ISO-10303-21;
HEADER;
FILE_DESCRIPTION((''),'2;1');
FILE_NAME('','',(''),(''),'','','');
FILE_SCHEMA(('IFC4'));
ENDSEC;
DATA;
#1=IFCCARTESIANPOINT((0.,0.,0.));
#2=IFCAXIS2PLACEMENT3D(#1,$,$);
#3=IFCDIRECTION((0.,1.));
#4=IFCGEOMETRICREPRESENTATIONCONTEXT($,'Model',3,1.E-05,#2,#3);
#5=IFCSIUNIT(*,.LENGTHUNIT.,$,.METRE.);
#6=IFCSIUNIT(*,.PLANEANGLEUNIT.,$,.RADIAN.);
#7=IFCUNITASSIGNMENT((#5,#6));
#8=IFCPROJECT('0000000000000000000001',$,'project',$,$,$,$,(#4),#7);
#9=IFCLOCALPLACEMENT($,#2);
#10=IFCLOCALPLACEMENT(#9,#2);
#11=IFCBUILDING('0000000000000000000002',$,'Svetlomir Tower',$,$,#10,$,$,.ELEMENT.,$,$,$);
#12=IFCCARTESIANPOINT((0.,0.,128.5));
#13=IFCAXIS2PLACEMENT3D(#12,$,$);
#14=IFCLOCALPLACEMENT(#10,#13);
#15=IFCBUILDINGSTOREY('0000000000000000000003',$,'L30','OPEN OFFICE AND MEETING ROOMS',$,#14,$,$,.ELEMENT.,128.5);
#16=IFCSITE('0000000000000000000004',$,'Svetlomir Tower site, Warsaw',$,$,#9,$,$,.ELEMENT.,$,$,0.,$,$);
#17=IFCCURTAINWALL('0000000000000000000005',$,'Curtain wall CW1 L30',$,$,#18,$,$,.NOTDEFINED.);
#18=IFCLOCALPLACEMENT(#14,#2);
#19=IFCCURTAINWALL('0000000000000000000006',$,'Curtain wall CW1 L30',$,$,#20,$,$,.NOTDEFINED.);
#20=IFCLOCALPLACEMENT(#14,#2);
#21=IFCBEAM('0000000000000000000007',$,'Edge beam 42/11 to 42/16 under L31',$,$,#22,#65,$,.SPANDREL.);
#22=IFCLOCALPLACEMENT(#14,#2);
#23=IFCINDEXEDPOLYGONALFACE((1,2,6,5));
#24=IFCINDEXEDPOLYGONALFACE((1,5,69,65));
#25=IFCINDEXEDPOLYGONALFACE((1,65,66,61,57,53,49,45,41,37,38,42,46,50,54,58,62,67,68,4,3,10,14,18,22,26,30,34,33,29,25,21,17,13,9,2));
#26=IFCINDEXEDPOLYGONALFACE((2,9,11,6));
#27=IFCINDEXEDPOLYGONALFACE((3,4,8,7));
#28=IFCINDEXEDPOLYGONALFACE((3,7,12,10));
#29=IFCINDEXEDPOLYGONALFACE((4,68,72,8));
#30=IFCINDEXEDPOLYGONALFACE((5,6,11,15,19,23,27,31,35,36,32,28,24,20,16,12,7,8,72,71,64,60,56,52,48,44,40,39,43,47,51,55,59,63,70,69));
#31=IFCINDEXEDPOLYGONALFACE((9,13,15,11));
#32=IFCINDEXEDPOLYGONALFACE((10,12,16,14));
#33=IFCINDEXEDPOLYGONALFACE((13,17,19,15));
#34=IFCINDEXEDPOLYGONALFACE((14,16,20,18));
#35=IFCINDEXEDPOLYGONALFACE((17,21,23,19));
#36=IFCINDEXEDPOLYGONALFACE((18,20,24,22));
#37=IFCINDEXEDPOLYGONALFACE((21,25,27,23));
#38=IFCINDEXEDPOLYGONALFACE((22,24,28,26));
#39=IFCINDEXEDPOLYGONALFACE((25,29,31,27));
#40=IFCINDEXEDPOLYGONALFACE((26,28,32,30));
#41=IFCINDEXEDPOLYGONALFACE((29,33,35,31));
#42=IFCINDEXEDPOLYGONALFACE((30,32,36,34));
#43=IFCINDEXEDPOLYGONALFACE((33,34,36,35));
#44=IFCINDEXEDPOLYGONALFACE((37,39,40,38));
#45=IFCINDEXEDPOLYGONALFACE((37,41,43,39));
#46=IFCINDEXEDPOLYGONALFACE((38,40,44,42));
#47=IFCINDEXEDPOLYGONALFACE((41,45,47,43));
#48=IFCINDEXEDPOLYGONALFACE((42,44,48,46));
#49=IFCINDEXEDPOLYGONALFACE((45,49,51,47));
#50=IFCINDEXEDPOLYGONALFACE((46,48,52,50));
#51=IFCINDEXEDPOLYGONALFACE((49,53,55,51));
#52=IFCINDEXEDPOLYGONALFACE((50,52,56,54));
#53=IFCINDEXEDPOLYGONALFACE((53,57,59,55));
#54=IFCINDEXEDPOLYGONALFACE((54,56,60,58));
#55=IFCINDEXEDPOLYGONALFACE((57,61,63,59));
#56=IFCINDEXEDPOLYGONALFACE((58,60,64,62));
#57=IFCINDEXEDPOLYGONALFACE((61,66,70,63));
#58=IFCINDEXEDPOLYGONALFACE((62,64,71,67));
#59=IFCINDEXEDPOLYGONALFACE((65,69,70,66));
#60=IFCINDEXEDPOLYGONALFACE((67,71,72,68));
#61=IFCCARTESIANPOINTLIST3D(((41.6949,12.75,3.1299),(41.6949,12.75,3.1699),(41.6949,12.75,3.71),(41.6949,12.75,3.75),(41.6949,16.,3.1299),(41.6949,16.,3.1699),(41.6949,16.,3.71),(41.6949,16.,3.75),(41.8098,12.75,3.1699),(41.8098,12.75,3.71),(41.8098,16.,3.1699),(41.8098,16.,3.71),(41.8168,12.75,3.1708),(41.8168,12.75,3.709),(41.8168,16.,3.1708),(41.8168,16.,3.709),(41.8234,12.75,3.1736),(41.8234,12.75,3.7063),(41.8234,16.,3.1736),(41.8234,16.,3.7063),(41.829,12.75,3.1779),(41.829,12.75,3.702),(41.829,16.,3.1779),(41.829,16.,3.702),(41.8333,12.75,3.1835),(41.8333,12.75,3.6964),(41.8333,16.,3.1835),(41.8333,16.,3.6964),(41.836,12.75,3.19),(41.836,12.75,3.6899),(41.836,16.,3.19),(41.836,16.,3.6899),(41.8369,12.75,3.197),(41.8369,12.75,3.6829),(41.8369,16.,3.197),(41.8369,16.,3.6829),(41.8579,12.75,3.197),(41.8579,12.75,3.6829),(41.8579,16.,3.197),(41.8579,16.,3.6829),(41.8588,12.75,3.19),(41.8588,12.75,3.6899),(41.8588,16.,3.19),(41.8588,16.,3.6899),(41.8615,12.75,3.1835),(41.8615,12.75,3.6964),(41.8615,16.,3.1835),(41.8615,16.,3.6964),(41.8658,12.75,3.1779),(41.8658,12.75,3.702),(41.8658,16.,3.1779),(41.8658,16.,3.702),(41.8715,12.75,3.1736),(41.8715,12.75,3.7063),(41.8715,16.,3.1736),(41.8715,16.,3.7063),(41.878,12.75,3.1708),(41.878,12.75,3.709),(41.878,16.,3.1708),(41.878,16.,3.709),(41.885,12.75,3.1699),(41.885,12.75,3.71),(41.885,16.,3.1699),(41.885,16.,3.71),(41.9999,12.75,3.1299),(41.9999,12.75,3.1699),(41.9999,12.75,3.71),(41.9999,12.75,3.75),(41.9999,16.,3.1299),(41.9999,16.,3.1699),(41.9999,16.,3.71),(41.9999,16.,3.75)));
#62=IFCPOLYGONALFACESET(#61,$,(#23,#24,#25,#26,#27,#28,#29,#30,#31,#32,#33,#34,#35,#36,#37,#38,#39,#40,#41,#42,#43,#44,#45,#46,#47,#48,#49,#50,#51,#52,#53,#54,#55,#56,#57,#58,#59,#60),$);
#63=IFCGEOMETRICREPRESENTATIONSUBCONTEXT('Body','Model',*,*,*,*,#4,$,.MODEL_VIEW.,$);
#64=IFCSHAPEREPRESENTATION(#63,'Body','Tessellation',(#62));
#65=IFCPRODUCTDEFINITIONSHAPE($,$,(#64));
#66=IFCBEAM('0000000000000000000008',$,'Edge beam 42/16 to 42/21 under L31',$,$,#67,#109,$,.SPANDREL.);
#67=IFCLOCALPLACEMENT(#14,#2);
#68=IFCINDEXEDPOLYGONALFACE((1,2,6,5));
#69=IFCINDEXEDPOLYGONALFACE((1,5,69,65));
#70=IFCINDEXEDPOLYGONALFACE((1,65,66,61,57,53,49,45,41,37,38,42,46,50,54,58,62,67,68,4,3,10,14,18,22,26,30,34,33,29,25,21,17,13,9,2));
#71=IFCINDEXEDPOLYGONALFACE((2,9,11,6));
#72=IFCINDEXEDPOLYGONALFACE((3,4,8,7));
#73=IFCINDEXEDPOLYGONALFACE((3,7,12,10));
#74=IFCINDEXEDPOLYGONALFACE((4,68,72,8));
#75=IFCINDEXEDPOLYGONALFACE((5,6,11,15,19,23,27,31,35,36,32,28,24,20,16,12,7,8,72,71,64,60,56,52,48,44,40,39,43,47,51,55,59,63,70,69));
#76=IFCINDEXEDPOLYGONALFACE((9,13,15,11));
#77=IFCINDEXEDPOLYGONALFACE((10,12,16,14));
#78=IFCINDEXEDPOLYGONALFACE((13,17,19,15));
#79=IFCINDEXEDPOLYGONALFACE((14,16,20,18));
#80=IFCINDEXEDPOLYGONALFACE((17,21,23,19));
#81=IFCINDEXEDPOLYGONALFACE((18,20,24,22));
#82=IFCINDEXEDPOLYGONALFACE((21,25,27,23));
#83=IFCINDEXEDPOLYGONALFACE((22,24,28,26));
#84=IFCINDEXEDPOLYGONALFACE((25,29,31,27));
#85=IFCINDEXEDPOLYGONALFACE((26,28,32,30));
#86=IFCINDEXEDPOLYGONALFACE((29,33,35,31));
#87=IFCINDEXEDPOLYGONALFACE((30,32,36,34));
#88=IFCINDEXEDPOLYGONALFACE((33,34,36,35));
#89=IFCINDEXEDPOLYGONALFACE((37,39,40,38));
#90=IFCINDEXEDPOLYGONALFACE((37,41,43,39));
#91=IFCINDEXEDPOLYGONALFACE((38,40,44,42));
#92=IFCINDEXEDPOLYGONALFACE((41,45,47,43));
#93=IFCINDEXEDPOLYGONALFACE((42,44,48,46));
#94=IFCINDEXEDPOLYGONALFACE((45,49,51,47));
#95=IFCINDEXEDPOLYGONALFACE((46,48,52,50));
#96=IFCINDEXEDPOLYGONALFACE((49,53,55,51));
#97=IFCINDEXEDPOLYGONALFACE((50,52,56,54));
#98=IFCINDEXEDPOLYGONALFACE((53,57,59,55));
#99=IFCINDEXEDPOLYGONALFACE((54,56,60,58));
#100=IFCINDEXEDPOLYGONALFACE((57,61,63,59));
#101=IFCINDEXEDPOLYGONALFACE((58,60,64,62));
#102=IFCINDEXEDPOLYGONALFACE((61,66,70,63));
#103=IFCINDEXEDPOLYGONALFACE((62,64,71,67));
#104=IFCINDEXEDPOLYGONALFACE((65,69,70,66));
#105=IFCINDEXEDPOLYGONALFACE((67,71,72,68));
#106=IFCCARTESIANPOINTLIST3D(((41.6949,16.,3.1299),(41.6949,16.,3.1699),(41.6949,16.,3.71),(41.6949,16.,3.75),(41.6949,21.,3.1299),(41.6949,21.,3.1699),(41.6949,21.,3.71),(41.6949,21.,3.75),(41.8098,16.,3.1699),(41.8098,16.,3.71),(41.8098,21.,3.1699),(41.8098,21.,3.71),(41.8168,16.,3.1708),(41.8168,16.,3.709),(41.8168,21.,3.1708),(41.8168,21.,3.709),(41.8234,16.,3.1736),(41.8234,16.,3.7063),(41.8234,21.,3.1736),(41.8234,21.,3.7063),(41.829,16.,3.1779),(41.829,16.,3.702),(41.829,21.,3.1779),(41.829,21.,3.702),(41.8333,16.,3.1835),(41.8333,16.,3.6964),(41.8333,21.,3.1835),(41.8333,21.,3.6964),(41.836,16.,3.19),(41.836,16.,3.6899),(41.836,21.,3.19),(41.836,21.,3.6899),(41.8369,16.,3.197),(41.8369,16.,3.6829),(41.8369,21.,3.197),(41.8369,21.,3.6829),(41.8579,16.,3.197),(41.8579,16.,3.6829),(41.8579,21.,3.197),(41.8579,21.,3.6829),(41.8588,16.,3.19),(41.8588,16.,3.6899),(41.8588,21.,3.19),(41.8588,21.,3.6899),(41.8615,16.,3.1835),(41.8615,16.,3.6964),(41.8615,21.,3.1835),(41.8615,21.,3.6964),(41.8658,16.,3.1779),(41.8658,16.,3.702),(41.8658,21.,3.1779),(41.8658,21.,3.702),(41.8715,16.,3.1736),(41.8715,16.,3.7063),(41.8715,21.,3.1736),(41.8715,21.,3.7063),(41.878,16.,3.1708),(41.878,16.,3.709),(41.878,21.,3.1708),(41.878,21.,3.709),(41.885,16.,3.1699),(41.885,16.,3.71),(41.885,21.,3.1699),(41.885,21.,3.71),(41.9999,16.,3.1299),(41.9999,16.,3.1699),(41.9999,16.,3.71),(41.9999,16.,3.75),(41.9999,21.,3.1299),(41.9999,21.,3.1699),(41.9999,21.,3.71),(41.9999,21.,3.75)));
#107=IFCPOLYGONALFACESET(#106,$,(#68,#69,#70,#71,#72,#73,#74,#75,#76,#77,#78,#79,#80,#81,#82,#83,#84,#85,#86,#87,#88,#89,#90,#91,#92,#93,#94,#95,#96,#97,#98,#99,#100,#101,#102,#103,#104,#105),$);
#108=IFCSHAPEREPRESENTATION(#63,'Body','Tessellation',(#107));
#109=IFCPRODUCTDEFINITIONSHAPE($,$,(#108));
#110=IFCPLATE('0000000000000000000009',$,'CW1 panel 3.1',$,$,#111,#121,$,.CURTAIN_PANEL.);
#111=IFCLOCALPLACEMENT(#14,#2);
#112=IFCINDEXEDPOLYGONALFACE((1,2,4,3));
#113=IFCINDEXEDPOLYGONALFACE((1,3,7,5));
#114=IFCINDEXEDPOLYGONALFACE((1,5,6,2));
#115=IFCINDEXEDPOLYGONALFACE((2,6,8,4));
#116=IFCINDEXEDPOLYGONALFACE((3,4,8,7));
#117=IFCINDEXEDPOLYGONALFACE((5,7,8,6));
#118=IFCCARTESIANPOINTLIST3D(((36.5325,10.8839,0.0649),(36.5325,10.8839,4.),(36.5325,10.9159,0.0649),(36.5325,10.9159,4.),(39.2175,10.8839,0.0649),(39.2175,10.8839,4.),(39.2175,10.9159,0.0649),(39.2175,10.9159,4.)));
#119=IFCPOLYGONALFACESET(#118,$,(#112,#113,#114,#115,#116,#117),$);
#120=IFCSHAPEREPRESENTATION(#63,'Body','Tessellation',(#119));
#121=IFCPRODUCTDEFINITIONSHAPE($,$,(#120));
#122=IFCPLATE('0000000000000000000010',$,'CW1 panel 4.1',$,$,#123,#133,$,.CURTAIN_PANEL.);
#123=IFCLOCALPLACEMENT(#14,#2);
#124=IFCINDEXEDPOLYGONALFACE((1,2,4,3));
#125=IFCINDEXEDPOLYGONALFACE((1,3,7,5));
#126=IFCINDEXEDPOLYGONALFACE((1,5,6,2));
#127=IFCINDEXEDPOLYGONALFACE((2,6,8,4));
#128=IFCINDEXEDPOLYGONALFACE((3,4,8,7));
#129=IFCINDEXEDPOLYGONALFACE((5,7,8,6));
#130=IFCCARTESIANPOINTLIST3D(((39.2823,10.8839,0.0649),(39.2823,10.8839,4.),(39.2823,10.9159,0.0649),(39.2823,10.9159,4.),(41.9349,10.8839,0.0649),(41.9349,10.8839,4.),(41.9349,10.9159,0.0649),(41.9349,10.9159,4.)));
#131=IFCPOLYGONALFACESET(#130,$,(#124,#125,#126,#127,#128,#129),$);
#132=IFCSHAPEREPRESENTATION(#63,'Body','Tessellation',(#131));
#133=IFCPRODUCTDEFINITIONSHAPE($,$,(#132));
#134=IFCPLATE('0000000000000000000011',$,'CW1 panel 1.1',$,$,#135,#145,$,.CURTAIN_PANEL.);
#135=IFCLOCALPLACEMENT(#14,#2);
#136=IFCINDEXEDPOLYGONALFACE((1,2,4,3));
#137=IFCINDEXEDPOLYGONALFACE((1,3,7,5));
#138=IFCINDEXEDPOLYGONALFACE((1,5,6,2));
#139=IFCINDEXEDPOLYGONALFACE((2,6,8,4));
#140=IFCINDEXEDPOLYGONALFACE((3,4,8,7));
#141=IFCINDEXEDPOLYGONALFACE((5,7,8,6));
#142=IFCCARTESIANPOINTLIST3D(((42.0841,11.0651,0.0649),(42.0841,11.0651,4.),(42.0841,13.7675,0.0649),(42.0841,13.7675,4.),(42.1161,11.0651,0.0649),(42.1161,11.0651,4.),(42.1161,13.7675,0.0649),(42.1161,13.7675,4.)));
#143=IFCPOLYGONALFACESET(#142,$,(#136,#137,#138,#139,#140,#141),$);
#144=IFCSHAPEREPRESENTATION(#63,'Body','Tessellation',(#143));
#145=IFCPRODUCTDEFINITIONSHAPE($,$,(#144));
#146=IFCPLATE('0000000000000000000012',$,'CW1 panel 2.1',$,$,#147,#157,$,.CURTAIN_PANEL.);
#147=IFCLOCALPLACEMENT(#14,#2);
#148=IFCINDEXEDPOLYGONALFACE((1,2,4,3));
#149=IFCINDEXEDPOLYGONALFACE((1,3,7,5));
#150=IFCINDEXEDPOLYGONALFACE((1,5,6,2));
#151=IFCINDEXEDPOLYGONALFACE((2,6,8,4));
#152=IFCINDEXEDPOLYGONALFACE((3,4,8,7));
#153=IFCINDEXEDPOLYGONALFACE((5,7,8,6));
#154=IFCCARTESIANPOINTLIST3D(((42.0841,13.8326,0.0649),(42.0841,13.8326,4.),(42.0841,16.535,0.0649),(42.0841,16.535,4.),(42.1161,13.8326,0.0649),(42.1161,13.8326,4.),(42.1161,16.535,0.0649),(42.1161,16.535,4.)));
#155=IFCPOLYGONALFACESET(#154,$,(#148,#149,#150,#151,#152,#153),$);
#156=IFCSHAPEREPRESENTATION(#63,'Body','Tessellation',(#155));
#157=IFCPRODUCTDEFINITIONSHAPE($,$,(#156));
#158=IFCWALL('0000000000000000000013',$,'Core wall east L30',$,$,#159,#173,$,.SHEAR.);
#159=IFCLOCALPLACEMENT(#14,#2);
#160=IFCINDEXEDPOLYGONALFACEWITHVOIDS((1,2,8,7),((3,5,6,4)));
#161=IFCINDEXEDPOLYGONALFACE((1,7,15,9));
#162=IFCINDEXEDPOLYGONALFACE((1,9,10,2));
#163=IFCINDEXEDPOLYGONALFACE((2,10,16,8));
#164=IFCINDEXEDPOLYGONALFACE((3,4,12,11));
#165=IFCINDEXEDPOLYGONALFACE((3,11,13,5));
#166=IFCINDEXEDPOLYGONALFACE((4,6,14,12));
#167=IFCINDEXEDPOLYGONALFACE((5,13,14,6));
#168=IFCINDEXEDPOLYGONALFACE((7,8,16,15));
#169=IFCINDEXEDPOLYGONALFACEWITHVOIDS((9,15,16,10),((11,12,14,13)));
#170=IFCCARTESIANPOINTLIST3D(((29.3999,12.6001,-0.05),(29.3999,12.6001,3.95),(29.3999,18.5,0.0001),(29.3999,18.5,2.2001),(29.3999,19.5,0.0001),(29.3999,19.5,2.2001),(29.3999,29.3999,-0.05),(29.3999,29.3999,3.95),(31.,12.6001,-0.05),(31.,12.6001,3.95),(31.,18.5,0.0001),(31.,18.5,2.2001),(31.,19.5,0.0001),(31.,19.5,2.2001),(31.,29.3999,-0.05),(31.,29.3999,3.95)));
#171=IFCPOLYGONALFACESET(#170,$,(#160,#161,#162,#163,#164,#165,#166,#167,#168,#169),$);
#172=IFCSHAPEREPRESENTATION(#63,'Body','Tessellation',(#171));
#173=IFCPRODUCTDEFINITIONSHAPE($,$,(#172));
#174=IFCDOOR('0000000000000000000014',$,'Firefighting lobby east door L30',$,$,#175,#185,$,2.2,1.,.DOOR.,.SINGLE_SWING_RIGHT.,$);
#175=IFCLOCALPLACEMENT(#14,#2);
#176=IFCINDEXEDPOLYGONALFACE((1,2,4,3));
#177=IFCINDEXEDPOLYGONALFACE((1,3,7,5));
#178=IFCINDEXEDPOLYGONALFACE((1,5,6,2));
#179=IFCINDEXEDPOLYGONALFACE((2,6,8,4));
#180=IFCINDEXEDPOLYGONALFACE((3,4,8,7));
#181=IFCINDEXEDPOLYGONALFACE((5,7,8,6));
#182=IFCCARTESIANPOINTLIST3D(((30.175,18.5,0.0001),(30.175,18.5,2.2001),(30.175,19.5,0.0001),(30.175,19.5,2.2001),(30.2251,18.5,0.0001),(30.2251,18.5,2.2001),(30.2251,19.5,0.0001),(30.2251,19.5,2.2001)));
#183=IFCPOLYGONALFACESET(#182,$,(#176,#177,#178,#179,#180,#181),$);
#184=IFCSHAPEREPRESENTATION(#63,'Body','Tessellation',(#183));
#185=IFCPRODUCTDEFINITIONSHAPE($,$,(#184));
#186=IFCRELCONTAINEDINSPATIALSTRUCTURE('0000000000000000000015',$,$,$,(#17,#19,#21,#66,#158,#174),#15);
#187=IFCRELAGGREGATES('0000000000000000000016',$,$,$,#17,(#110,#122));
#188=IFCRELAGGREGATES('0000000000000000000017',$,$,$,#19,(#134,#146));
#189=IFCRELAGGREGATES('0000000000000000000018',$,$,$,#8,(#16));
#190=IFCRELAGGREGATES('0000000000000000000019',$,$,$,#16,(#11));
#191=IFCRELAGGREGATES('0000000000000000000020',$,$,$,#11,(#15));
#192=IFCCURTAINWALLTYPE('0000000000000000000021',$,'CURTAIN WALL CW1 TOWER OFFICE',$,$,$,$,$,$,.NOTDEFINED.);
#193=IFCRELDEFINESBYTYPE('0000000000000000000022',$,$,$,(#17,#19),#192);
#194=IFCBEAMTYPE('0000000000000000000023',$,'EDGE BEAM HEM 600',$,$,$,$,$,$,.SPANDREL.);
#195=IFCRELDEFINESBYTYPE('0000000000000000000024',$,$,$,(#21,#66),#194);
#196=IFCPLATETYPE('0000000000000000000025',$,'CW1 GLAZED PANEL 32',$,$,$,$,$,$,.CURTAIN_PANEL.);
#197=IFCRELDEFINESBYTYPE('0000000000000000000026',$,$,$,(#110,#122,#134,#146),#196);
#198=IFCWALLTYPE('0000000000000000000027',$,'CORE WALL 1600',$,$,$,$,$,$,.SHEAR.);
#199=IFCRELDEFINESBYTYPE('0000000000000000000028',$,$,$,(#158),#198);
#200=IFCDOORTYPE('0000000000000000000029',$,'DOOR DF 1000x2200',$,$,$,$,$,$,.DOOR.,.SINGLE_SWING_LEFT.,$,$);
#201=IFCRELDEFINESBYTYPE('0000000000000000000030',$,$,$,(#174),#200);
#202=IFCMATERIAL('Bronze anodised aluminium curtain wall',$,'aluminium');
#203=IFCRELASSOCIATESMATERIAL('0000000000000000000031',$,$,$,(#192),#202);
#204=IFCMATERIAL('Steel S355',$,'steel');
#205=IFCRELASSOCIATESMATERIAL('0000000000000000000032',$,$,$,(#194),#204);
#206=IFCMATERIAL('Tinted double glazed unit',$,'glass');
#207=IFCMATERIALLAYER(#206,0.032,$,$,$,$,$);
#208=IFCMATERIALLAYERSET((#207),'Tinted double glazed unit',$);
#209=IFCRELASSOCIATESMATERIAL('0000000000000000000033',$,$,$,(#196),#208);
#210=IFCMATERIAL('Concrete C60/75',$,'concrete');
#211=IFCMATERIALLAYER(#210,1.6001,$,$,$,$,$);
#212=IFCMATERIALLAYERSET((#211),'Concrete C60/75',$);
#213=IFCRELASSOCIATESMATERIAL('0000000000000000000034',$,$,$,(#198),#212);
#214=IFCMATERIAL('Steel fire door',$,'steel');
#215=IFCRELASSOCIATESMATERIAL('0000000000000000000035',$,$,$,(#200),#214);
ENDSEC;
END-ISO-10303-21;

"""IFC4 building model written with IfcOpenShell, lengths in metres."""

from ifc_helpers import new_model, si_unit, direction, frame, frame_2d, origin, origin_2d, place, context, subcontext, project, spatial, rectangle, i_section, extrude, material, layer, layer_set, material_profile, profile_set, type_object, element, fill, aggregate, save


model = new_model("IFC4")

# Units and contexts
model_context = context("Model", 3, precision=1e-05, world=origin(), true_north=direction((0.0, 1.0)))
body_context = subcontext(model_context, "Body", "Model", "MODEL_VIEW")
ifc_project = project(units=[si_unit("LENGTHUNIT", "METRE"), si_unit("PLANEANGLEUNIT", "RADIAN")], contexts=[model_context])

# Site, building, storey
site_placement = place(None, origin())
site = spatial("IfcSite", under=ifc_project, at=site_placement, Name="Svetlomir Tower site, Warsaw", CompositionType="ELEMENT", RefElevation=0.0)
building_placement = place(site_placement, origin())
building = spatial("IfcBuilding", under=site, at=building_placement, Name="Svetlomir Tower", CompositionType="ELEMENT")
storey_placement = place(building_placement, frame((0.0, 0.0, 128.5)))
storey = spatial("IfcBuildingStorey", under=building, at=storey_placement, Name="L30", Description="OPEN OFFICE AND MEETING ROOMS", CompositionType="ELEMENT", Elevation=128.5)

# Shared definitions
ifc_material_1 = material(Name="Bronze anodised aluminium curtain wall", Category="aluminium")
curtain_wall_type = type_object("IfcCurtainWallType", Name="CURTAIN WALL CW1 TOWER OFFICE", PredefinedType="NOTDEFINED", material=ifc_material_1)

# Curtain walls
curtain_wall_1_placement = place(storey_placement, origin())
curtain_wall_1 = element("IfcCurtainWall", 1, at=curtain_wall_1_placement, inside=storey, type_object=curtain_wall_type, Name="Curtain wall CW1 L30", PredefinedType="NOTDEFINED")
curtain_wall_2_placement = place(storey_placement, origin())
curtain_wall_2 = element("IfcCurtainWall", 2, at=curtain_wall_2_placement, inside=storey, type_object=curtain_wall_type, Name="Curtain wall CW1 L30", PredefinedType="NOTDEFINED")

# Beams
ifc_material_2 = material(Name="Steel S355", Category="steel")
ifc_material_profile_1 = material_profile(ifc_material_2, i_section(OverallWidth=0.3049, OverallDepth=0.6201, WebThickness=0.021, FlangeThickness=0.04, FilletRadius=0.0271, at=origin_2d()), Name="HEM 600")
ifc_profile_set_1 = profile_set([ifc_material_profile_1], Name="Steel S355")
beam_type_1 = type_object("IfcBeamType", Name="EDGE BEAM HEM 600", PredefinedType="SPANDREL", material=ifc_profile_set_1)
beam_1_placement = place(storey_placement, frame((41.8474, 12.75, 3.4399), z_axis=(0.0, 1.0, 0.0), x_axis=(-1.0, 0.0, 0.0)))
element("IfcBeam", 3, at=beam_1_placement, inside=storey, type_object=beam_type_1, Name="Edge beam 42/11 to 42/16 under L31", PredefinedType="SPANDREL", context=body_context, shape_type="SweptSolid", body=[
    extrude(i_section(OverallWidth=0.3049, OverallDepth=0.6201, WebThickness=0.021, FlangeThickness=0.04, FilletRadius=0.0271, at=origin_2d()), origin(), (0.0, 0.0, 1.0), 3.25),
])
beam_2_placement = place(storey_placement, frame((41.8474, 16.0, 3.4399), z_axis=(0.0, 1.0, 0.0), x_axis=(-1.0, 0.0, 0.0)))
element("IfcBeam", 4, at=beam_2_placement, inside=storey, type_object=beam_type_1, Name="Edge beam 42/16 to 42/21 under L31", PredefinedType="SPANDREL", context=body_context, shape_type="SweptSolid", body=[
    extrude(i_section(OverallWidth=0.3049, OverallDepth=0.6201, WebThickness=0.021, FlangeThickness=0.04, FilletRadius=0.0271, at=origin_2d()), origin(), (0.0, 0.0, 1.0), 5.0),
])

# Plates
ifc_material_3 = material(Name="Tinted double glazed unit", Category="glass")
ifc_layer_1 = layer(ifc_material_3, 0.032)
ifc_layer_set_1 = layer_set([ifc_layer_1], Name="Tinted double glazed unit")
plate_type = type_object("IfcPlateType", Name="CW1 GLAZED PANEL 32", PredefinedType="CURTAIN_PANEL", material=ifc_layer_set_1)
plate_1_placement = place(storey_placement, frame((37.875, 10.8999, 0.0649), z_axis=(0.0, 0.0, 1.0), x_axis=(1.0, 0.0, 0.0)))
plate_1 = element("IfcPlate", 5, at=plate_1_placement, type_object=plate_type, Name="CW1 panel 3.1", PredefinedType="CURTAIN_PANEL", context=body_context, shape_type="SweptSolid", body=[
    extrude(rectangle(XDim=2.6851, YDim=0.032, at=origin_2d()), origin(), (0.0, 0.0, 1.0), 3.9351),
])
plate_2_placement = place(storey_placement, frame((40.6086, 10.8999, 0.0649), z_axis=(0.0, 0.0, 1.0), x_axis=(1.0, 0.0, 0.0)))
plate_2 = element("IfcPlate", 6, at=plate_2_placement, type_object=plate_type, Name="CW1 panel 4.1", PredefinedType="CURTAIN_PANEL", context=body_context, shape_type="SweptSolid", body=[
    extrude(rectangle(XDim=2.6526, YDim=0.032, at=origin_2d()), origin(), (0.0, 0.0, 1.0), 3.9351),
])
aggregate(curtain_wall_1, [plate_1, plate_2])
plate_3_placement = place(storey_placement, frame((42.1001, 12.4163, 0.0649), z_axis=(0.0, 0.0, 1.0), x_axis=(0.0, 1.0, 0.0)))
plate_3 = element("IfcPlate", 7, at=plate_3_placement, type_object=plate_type, Name="CW1 panel 1.1", PredefinedType="CURTAIN_PANEL", context=body_context, shape_type="SweptSolid", body=[
    extrude(rectangle(XDim=2.7024, YDim=0.032, at=origin_2d()), origin(), (0.0, 0.0, 1.0), 3.9351),
])
plate_4_placement = place(storey_placement, frame((42.1001, 15.1838, 0.0649), z_axis=(0.0, 0.0, 1.0), x_axis=(0.0, 1.0, 0.0)))
plate_4 = element("IfcPlate", 8, at=plate_4_placement, type_object=plate_type, Name="CW1 panel 2.1", PredefinedType="CURTAIN_PANEL", context=body_context, shape_type="SweptSolid", body=[
    extrude(rectangle(XDim=2.7024, YDim=0.032, at=origin_2d()), origin(), (0.0, 0.0, 1.0), 3.9351),
])
aggregate(curtain_wall_2, [plate_3, plate_4])

# Wall, opening, door
ifc_material_4 = material(Name="Concrete C60/75", Category="concrete")
ifc_layer_2 = layer(ifc_material_4, 1.6001)
ifc_layer_set_2 = layer_set([ifc_layer_2], Name="Concrete C60/75")
wall_type_1 = type_object("IfcWallType", Name="CORE WALL 1600", PredefinedType="SHEAR", material=ifc_layer_set_2)
wall_1_placement = place(storey_placement, frame((30.2, 12.6001, -0.05), z_axis=(0.0, 0.0, 1.0), x_axis=(0.0, 1.0, 0.0)))
wall_1 = element("IfcWall", 9, at=wall_1_placement, inside=storey, type_object=wall_type_1, Name="Core wall east L30", PredefinedType="SHEAR", context=body_context, shape_type="SweptSolid", body=[
    extrude(rectangle(XDim=16.7998, YDim=1.6001, at=frame_2d((8.3999, 0.0))), origin(), (0.0, 0.0, 1.0), 4.0),
])
opening_1_placement = place(wall_1_placement, frame((5.8999, 0.0, 0.05)))
opening_1 = element("IfcOpeningElement", 10, at=opening_1_placement, cuts=wall_1, PredefinedType="OPENING", context=body_context, shape_type="SweptSolid", body=[
    extrude(rectangle(XDim=1.0, YDim=2.2, at=frame_2d((0.5, 1.1001))), frame((0.0, 0.8101, 0.0), z_axis=(0.0, -1.0, 0.0), x_axis=(1.0, 0.0, 0.0)), (0.0, 0.0, 1.0), 1.6201),
])
ifc_material_5 = material(Name="Steel fire door", Category="steel")
door_type_1 = type_object("IfcDoorType", Name="DOOR DF 1000x2200", OperationType="SINGLE_SWING_LEFT", PredefinedType="DOOR", material=ifc_material_5)
door_1_placement = place(opening_1_placement, origin())
door_1 = element("IfcDoor", 11, at=door_1_placement, inside=storey, type_object=door_type_1, Name="Firefighting lobby east door L30", OperationType="SINGLE_SWING_RIGHT", OverallHeight=2.2, OverallWidth=1.0, PredefinedType="DOOR", context=body_context, shape_type="SweptSolid", body=[
    extrude(rectangle(XDim=1.0, YDim=2.2, at=frame_2d((0.5, 1.1001))), frame((0.0, 0.0249, 0.0), z_axis=(0.0, -1.0, 0.0), x_axis=(1.0, 0.0, 0.0)), (0.0, 0.0, 1.0), 0.05),
])
fill(opening_1, door_1)

save(model, "model.ifc")
